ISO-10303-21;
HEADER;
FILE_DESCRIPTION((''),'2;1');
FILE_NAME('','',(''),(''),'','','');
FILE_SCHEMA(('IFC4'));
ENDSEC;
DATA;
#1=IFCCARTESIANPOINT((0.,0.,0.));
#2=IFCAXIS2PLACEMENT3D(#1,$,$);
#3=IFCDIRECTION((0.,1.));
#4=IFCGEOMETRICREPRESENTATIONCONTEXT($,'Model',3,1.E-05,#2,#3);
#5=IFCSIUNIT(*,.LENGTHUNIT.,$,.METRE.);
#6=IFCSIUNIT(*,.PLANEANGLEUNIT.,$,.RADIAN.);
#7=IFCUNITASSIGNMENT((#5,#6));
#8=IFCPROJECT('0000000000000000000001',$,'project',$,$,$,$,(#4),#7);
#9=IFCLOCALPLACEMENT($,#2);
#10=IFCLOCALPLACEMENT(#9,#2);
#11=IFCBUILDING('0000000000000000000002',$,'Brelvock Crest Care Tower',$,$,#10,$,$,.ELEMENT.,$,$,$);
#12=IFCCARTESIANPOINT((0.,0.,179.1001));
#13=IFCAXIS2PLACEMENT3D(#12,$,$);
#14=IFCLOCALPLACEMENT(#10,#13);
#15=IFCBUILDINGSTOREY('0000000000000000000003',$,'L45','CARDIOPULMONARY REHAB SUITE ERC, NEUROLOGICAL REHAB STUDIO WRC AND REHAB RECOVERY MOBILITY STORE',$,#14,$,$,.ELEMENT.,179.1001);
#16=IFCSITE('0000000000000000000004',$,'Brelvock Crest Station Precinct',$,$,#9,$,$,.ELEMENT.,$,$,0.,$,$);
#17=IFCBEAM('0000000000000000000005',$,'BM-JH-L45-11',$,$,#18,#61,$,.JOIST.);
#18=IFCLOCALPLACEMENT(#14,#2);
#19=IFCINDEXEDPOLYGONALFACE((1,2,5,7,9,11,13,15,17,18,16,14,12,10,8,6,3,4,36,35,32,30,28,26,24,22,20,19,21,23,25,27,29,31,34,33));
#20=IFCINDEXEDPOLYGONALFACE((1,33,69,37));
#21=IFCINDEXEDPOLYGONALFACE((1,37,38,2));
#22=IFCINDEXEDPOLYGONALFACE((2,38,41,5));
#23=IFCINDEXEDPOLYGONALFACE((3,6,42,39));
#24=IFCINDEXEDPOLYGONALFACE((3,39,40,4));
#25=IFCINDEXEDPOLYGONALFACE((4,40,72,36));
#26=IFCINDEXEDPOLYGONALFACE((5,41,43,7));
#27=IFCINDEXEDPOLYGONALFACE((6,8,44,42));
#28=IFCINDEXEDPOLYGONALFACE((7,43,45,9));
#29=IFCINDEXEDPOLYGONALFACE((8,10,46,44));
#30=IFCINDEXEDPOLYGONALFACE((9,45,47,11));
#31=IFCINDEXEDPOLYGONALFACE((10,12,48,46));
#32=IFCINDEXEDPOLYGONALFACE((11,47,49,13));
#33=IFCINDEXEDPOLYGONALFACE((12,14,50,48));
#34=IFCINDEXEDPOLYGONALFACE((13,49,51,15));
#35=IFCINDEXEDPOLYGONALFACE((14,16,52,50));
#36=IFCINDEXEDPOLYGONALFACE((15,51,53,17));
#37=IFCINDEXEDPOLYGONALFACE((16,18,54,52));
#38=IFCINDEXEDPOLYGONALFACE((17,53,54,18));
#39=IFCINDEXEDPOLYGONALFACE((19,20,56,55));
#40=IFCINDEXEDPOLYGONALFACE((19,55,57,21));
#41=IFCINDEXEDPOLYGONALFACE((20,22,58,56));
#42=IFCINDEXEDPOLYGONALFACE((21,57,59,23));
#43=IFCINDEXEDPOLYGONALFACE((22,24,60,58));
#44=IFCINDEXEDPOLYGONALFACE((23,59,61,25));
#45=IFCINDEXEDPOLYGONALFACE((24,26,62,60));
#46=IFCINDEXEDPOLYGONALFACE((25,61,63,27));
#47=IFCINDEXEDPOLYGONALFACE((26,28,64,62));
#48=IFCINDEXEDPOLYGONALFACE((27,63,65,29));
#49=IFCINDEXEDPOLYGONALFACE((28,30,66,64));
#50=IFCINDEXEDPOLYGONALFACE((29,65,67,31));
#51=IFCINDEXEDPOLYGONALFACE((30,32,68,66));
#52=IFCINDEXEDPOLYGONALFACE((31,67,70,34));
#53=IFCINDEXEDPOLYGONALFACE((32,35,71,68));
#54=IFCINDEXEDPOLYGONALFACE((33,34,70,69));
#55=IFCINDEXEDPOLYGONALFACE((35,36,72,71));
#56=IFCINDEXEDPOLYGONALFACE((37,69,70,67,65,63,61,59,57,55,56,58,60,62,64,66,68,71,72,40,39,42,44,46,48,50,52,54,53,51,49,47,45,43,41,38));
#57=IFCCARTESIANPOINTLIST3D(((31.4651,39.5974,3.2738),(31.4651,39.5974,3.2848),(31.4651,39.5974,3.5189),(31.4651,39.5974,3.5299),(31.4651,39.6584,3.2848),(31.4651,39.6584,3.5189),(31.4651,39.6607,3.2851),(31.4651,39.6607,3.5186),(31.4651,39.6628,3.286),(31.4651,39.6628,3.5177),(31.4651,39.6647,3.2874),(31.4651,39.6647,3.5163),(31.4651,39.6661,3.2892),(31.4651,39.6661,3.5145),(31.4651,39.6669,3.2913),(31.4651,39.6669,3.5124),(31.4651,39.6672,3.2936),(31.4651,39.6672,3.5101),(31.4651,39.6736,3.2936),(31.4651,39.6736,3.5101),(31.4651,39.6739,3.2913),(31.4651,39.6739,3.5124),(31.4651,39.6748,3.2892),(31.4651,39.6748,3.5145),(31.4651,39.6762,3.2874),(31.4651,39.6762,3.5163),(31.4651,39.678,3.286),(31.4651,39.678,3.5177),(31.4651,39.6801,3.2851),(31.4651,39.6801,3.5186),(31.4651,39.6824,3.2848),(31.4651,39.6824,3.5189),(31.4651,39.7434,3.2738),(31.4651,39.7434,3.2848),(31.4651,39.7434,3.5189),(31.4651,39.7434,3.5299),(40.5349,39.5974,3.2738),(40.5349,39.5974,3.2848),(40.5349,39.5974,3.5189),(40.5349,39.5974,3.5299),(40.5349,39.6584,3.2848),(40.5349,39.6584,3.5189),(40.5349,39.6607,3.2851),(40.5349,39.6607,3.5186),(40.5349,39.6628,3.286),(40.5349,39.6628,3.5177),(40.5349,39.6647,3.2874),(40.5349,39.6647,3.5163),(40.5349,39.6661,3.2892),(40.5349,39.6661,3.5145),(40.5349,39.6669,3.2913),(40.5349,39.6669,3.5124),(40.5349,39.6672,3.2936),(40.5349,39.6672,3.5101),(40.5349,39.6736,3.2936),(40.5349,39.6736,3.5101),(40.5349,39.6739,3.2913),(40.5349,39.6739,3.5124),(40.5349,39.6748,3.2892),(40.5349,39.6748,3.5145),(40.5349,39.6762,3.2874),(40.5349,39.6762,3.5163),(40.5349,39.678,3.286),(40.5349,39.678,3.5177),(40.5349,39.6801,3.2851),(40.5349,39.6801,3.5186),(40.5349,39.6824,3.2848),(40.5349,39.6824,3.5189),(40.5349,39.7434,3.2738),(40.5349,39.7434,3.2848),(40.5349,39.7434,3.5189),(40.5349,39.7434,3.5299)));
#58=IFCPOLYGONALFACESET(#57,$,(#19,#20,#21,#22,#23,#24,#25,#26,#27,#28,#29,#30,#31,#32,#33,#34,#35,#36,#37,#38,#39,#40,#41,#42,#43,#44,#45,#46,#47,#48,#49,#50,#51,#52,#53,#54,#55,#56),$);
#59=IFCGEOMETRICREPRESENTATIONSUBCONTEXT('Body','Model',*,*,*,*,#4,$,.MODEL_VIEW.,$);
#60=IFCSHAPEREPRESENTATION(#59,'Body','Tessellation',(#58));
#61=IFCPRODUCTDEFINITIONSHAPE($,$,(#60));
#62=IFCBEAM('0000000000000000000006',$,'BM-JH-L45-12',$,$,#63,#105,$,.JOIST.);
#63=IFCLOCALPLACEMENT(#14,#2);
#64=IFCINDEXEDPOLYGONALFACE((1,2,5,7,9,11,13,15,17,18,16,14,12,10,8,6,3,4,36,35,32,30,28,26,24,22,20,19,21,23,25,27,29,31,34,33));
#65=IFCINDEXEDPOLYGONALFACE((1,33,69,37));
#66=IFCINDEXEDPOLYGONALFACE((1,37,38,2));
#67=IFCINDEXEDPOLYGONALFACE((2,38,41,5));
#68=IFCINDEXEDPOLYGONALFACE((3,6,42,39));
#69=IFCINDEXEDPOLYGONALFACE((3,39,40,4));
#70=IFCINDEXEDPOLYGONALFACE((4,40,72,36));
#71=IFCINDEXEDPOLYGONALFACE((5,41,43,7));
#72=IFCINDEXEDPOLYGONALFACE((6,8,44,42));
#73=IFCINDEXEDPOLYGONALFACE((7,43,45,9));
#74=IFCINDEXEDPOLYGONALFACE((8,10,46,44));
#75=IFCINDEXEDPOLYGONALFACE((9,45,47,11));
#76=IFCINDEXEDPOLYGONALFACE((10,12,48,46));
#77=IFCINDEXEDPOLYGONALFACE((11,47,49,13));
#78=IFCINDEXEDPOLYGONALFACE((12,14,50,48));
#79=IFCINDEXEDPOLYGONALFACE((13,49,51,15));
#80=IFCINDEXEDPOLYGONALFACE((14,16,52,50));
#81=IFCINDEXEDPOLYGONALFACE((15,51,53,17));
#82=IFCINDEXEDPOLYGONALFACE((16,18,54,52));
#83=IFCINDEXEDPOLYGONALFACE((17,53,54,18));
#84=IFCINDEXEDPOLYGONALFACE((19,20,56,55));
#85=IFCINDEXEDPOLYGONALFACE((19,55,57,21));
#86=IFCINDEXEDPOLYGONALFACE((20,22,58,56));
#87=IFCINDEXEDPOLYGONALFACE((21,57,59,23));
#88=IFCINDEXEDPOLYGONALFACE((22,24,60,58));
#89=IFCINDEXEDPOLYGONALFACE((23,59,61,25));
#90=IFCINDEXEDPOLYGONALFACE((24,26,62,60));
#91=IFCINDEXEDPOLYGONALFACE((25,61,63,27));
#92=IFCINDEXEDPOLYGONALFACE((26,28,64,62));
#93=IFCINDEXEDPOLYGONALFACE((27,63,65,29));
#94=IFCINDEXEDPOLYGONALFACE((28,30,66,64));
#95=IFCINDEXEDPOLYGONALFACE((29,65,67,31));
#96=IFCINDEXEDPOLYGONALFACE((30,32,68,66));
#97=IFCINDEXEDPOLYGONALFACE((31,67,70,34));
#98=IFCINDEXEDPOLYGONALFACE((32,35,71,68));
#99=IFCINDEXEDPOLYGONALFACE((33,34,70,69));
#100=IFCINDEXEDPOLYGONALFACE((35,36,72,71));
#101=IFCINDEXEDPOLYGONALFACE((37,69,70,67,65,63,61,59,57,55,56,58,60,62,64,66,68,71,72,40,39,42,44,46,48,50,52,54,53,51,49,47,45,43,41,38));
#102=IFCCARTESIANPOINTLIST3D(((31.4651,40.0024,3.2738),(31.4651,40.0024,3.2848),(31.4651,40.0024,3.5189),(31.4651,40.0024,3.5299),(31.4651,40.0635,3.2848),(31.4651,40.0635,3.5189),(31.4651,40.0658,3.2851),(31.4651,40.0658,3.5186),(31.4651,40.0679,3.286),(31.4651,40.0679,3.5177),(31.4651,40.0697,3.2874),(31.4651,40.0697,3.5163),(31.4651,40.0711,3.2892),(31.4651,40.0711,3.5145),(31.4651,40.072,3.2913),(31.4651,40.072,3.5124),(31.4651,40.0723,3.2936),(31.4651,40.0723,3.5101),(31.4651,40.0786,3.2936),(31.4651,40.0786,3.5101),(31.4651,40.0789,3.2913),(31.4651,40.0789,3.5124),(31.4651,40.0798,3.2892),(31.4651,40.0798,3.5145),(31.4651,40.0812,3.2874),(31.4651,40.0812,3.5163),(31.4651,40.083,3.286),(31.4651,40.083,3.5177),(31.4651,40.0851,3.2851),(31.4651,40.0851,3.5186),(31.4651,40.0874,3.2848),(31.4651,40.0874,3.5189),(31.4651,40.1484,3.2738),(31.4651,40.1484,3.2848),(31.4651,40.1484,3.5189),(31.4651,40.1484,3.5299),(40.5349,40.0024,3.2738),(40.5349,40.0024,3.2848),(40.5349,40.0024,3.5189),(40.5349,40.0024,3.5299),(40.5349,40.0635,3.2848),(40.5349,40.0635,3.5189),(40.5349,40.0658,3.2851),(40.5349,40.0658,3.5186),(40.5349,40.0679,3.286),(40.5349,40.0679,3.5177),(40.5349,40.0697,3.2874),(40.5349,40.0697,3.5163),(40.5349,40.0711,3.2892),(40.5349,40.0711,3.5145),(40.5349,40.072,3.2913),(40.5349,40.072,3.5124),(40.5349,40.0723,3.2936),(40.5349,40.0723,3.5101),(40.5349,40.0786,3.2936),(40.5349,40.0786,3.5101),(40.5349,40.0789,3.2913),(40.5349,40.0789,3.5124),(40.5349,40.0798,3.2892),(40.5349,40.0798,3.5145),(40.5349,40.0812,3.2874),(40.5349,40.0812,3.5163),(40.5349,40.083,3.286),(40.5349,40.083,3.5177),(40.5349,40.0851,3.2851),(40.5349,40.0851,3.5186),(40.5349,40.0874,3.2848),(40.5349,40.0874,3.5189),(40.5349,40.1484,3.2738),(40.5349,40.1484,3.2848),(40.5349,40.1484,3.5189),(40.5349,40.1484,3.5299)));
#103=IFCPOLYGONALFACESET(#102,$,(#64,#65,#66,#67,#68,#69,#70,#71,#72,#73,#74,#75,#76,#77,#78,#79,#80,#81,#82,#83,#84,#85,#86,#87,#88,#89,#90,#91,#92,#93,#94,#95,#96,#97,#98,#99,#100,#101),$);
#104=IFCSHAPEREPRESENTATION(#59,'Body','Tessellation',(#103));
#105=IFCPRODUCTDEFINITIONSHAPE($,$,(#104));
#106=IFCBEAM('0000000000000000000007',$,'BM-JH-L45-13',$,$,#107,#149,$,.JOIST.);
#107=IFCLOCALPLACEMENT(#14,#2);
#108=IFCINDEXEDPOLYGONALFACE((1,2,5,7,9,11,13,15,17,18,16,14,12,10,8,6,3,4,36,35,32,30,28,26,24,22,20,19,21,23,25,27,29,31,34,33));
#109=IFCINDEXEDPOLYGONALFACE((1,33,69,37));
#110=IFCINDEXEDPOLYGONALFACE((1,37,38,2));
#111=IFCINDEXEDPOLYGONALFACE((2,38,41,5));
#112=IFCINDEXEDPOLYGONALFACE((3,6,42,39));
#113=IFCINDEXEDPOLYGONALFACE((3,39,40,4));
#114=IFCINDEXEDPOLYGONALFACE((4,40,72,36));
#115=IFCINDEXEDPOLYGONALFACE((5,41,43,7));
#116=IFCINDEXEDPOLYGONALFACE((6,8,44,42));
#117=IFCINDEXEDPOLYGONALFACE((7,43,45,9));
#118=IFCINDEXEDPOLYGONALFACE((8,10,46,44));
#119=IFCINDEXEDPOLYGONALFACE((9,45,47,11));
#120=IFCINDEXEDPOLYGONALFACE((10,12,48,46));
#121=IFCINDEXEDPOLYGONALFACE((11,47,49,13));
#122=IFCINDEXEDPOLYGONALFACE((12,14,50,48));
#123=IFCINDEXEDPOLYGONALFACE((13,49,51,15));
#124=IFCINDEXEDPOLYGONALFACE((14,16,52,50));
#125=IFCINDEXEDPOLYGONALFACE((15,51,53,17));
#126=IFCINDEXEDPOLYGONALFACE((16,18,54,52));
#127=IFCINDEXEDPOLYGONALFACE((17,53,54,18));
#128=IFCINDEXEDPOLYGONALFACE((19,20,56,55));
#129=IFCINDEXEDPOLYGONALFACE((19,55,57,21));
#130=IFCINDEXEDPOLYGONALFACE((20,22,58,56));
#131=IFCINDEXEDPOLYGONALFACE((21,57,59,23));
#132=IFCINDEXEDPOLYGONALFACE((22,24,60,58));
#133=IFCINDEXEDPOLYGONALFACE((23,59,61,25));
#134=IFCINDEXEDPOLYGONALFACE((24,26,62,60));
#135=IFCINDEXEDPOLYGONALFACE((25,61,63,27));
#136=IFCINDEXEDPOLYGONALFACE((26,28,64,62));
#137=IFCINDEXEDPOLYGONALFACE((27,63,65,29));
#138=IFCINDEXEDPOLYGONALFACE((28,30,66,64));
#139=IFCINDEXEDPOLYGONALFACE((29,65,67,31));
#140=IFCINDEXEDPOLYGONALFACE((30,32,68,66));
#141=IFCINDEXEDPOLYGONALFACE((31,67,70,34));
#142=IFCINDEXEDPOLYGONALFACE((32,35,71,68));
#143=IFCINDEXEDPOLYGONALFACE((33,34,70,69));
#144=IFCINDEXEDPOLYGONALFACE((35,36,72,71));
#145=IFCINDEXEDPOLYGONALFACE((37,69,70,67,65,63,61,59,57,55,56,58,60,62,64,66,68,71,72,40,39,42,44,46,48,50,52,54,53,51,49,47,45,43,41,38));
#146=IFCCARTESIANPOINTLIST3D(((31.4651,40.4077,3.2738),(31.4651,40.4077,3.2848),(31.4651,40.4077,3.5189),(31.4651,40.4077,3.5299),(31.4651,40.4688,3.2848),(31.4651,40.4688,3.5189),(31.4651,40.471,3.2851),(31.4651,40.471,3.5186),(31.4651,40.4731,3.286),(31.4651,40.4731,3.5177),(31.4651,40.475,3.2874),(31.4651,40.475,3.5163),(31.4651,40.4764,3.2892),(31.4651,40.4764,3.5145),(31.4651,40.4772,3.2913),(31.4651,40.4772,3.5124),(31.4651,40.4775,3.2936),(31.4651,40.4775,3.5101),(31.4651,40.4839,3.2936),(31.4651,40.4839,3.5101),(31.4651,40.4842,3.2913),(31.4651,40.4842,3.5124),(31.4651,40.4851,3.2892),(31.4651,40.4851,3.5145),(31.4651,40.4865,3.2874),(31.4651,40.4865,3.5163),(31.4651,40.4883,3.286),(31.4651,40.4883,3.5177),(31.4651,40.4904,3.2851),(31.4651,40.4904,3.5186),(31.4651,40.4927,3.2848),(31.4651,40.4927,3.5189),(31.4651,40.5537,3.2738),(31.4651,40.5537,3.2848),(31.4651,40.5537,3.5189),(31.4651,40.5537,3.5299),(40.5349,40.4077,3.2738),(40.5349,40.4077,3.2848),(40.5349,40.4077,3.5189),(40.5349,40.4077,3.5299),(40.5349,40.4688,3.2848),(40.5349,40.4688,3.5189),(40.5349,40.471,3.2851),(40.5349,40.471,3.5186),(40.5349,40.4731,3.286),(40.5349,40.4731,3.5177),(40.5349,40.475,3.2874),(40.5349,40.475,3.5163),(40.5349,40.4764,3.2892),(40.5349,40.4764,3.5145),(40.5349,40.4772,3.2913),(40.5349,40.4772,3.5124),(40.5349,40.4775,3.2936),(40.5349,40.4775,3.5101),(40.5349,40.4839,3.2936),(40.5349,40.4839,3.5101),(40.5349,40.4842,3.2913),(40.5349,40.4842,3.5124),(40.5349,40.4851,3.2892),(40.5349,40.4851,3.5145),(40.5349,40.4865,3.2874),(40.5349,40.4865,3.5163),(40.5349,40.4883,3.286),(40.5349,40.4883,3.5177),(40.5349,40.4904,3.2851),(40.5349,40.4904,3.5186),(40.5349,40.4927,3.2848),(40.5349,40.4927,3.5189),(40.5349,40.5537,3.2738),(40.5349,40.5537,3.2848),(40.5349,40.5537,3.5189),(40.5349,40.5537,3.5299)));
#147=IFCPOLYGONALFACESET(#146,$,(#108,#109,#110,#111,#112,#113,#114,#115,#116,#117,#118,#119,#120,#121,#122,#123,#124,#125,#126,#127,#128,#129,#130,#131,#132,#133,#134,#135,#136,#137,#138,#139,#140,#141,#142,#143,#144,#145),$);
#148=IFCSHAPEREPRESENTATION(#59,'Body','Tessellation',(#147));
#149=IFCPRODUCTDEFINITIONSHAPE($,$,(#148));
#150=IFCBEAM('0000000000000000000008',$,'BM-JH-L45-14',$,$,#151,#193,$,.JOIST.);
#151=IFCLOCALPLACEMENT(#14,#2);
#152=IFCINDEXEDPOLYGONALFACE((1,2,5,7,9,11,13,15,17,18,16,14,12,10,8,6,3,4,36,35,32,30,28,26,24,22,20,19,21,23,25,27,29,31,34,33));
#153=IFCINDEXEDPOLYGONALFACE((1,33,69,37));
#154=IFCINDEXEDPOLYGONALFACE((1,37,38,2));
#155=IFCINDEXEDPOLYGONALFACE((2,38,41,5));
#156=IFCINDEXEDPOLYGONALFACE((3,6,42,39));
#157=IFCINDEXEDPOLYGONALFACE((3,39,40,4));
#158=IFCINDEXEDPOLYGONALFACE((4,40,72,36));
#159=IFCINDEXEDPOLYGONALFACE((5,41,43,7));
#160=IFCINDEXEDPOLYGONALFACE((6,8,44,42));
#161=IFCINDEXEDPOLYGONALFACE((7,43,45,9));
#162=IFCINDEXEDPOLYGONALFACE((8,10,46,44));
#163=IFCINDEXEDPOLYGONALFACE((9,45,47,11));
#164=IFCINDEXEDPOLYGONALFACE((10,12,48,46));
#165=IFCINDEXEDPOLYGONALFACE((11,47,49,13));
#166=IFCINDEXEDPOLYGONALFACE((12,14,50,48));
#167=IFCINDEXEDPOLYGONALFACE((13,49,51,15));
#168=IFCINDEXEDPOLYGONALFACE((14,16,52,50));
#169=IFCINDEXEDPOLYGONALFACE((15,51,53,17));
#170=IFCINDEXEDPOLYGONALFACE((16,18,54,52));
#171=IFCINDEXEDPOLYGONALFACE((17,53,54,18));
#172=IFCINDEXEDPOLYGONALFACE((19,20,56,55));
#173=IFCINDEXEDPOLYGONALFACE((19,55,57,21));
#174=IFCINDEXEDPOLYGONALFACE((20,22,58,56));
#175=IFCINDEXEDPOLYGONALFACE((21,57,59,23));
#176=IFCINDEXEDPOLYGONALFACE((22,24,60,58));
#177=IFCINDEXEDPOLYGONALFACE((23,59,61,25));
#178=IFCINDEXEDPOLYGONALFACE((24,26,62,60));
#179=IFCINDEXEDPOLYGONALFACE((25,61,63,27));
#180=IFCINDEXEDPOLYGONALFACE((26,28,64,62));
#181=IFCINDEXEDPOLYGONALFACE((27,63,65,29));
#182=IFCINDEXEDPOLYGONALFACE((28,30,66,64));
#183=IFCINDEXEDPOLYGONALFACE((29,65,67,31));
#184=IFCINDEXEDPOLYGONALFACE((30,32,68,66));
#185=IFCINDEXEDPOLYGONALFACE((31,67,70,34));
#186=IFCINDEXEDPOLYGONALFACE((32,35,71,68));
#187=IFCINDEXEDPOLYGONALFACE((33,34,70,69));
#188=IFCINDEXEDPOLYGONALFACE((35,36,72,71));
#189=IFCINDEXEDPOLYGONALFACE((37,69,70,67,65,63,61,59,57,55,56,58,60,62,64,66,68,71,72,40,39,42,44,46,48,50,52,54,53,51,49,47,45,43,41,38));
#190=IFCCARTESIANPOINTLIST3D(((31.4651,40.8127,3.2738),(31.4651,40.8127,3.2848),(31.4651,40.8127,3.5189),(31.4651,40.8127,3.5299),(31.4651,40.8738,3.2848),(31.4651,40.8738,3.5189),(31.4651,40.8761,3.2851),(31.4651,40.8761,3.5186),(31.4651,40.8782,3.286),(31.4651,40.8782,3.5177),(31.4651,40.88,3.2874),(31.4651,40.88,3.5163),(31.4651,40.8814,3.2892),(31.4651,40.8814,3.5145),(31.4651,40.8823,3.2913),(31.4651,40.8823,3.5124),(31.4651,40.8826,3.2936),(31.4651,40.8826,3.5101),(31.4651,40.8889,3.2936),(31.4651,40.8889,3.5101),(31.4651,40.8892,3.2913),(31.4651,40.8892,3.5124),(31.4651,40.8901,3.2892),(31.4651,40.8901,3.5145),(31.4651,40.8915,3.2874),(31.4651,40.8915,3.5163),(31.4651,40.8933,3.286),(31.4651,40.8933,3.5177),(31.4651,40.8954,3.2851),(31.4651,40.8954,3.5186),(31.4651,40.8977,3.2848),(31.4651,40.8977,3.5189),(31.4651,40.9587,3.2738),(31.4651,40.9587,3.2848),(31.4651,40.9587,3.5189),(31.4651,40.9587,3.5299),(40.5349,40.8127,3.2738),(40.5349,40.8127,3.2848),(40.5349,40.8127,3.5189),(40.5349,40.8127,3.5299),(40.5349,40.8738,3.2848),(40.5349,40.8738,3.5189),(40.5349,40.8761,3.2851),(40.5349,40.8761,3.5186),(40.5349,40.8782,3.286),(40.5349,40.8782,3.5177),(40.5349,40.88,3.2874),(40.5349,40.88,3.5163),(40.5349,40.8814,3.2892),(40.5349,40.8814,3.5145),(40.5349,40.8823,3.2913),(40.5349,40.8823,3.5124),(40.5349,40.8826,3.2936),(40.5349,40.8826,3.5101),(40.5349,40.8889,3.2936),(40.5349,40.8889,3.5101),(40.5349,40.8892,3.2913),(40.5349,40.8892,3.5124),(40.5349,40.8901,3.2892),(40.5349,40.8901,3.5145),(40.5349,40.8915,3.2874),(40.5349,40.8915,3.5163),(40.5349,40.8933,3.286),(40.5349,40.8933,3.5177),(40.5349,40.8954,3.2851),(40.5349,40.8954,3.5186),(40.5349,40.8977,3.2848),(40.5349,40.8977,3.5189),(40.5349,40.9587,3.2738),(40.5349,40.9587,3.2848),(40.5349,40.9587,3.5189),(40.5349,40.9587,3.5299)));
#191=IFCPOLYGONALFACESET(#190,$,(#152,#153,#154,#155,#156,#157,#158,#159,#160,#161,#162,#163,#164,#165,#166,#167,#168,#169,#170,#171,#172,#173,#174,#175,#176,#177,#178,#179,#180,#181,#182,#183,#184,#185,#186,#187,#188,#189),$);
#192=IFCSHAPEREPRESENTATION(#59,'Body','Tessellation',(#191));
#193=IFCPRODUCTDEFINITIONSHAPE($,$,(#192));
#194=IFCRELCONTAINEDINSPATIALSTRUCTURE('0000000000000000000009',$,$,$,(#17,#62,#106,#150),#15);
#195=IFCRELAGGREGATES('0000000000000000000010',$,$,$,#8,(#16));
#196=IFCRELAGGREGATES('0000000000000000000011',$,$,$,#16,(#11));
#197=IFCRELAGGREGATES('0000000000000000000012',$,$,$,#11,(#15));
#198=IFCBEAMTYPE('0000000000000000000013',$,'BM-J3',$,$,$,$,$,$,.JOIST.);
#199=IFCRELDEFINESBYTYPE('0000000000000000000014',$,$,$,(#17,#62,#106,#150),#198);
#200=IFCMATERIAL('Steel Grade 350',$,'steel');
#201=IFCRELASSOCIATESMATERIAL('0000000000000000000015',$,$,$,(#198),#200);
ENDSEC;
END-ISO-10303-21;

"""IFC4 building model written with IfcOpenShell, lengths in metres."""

from ifc_helpers import new_model, si_unit, direction, frame, origin, origin_2d, place, context, subcontext, project, spatial, i_section, extrude, source, transform, mapped, material, material_profile, profile_set, type_object, element, save


model = new_model("IFC4")

# Units and contexts
model_context = context("Model", 3, precision=1e-05, world=origin(), true_north=direction((0.0, 1.0)))
body_context = subcontext(model_context, "Body", "Model", "MODEL_VIEW")
ifc_project = project(units=[si_unit("LENGTHUNIT", "METRE"), si_unit("PLANEANGLEUNIT", "RADIAN")], contexts=[model_context])

# Site, building, storey
site_placement = place(None, origin())
site = spatial("IfcSite", under=ifc_project, at=site_placement, Name="Brelvock Crest Station Precinct", CompositionType="ELEMENT", RefElevation=0.0)
building_placement = place(site_placement, origin())
building = spatial("IfcBuilding", under=site, at=building_placement, Name="Brelvock Crest Care Tower", CompositionType="ELEMENT")
storey_placement = place(building_placement, frame((0.0, 0.0, 179.1001)))
storey = spatial("IfcBuildingStorey", under=building, at=storey_placement, Name="L45", Description="CARDIOPULMONARY REHAB SUITE ERC, NEUROLOGICAL REHAB STUDIO WRC AND REHAB RECOVERY MOBILITY STORE", CompositionType="ELEMENT", Elevation=179.1001)

# Beams
ifc_material_1 = material(Name="Steel Grade 350", Category="steel")
ifc_material_profile_1 = material_profile(ifc_material_1, i_section(OverallWidth=0.146, OverallDepth=0.2561, WebThickness=0.0063, FlangeThickness=0.011, FilletRadius=0.0088, at=origin_2d()), Name="250UB37.3")
ifc_profile_set_1 = profile_set([ifc_material_profile_1], Name="Steel Grade 350")
beam_type_1 = type_object("IfcBeamType", Name="BM-J3", PredefinedType="JOIST", material=ifc_profile_set_1)
shared_shape_1 = source(origin(), body_context, "Body", "SweptSolid", [
    extrude(i_section(OverallWidth=0.146, OverallDepth=0.2561, WebThickness=0.0063, FlangeThickness=0.011, FilletRadius=0.0088, at=origin_2d()), origin(), (0.0, 0.0, 1.0), 9.0698),
])
for number, where, z_axis, x_axis, name in (
    (1, (31.4651, 39.6704, 3.4019), (1.0, 0.0, 0.0), (0.0, 1.0, 0.0), "BM-JH-L45-11"),
    (2, (31.4651, 40.0754, 3.4019), (1.0, 0.0, 0.0), (0.0, 1.0, 0.0), "BM-JH-L45-12"),
    (3, (31.4651, 40.4807, 3.4019), (1.0, 0.0, 0.0), (0.0, 1.0, 0.0), "BM-JH-L45-13"),
    (4, (31.4651, 40.8857, 3.4019), (1.0, 0.0, 0.0), (0.0, 1.0, 0.0), "BM-JH-L45-14"),
):
    element("IfcBeam", number, at=place(storey_placement, frame(where, z_axis=z_axis, x_axis=x_axis)), inside=storey, type_object=beam_type_1, Name=name, PredefinedType="JOIST", context=body_context, shape_type="MappedRepresentation", body=[
        mapped(shared_shape_1, transform((0.0, 0.0, 0.0), x_axis=(1.0, 0.0, 0.0), y_axis=(0.0, 1.0, 0.0), z_axis=(0.0, 0.0, 1.0), scale=1.0)),
    ])

save(model, "model.ifc")
